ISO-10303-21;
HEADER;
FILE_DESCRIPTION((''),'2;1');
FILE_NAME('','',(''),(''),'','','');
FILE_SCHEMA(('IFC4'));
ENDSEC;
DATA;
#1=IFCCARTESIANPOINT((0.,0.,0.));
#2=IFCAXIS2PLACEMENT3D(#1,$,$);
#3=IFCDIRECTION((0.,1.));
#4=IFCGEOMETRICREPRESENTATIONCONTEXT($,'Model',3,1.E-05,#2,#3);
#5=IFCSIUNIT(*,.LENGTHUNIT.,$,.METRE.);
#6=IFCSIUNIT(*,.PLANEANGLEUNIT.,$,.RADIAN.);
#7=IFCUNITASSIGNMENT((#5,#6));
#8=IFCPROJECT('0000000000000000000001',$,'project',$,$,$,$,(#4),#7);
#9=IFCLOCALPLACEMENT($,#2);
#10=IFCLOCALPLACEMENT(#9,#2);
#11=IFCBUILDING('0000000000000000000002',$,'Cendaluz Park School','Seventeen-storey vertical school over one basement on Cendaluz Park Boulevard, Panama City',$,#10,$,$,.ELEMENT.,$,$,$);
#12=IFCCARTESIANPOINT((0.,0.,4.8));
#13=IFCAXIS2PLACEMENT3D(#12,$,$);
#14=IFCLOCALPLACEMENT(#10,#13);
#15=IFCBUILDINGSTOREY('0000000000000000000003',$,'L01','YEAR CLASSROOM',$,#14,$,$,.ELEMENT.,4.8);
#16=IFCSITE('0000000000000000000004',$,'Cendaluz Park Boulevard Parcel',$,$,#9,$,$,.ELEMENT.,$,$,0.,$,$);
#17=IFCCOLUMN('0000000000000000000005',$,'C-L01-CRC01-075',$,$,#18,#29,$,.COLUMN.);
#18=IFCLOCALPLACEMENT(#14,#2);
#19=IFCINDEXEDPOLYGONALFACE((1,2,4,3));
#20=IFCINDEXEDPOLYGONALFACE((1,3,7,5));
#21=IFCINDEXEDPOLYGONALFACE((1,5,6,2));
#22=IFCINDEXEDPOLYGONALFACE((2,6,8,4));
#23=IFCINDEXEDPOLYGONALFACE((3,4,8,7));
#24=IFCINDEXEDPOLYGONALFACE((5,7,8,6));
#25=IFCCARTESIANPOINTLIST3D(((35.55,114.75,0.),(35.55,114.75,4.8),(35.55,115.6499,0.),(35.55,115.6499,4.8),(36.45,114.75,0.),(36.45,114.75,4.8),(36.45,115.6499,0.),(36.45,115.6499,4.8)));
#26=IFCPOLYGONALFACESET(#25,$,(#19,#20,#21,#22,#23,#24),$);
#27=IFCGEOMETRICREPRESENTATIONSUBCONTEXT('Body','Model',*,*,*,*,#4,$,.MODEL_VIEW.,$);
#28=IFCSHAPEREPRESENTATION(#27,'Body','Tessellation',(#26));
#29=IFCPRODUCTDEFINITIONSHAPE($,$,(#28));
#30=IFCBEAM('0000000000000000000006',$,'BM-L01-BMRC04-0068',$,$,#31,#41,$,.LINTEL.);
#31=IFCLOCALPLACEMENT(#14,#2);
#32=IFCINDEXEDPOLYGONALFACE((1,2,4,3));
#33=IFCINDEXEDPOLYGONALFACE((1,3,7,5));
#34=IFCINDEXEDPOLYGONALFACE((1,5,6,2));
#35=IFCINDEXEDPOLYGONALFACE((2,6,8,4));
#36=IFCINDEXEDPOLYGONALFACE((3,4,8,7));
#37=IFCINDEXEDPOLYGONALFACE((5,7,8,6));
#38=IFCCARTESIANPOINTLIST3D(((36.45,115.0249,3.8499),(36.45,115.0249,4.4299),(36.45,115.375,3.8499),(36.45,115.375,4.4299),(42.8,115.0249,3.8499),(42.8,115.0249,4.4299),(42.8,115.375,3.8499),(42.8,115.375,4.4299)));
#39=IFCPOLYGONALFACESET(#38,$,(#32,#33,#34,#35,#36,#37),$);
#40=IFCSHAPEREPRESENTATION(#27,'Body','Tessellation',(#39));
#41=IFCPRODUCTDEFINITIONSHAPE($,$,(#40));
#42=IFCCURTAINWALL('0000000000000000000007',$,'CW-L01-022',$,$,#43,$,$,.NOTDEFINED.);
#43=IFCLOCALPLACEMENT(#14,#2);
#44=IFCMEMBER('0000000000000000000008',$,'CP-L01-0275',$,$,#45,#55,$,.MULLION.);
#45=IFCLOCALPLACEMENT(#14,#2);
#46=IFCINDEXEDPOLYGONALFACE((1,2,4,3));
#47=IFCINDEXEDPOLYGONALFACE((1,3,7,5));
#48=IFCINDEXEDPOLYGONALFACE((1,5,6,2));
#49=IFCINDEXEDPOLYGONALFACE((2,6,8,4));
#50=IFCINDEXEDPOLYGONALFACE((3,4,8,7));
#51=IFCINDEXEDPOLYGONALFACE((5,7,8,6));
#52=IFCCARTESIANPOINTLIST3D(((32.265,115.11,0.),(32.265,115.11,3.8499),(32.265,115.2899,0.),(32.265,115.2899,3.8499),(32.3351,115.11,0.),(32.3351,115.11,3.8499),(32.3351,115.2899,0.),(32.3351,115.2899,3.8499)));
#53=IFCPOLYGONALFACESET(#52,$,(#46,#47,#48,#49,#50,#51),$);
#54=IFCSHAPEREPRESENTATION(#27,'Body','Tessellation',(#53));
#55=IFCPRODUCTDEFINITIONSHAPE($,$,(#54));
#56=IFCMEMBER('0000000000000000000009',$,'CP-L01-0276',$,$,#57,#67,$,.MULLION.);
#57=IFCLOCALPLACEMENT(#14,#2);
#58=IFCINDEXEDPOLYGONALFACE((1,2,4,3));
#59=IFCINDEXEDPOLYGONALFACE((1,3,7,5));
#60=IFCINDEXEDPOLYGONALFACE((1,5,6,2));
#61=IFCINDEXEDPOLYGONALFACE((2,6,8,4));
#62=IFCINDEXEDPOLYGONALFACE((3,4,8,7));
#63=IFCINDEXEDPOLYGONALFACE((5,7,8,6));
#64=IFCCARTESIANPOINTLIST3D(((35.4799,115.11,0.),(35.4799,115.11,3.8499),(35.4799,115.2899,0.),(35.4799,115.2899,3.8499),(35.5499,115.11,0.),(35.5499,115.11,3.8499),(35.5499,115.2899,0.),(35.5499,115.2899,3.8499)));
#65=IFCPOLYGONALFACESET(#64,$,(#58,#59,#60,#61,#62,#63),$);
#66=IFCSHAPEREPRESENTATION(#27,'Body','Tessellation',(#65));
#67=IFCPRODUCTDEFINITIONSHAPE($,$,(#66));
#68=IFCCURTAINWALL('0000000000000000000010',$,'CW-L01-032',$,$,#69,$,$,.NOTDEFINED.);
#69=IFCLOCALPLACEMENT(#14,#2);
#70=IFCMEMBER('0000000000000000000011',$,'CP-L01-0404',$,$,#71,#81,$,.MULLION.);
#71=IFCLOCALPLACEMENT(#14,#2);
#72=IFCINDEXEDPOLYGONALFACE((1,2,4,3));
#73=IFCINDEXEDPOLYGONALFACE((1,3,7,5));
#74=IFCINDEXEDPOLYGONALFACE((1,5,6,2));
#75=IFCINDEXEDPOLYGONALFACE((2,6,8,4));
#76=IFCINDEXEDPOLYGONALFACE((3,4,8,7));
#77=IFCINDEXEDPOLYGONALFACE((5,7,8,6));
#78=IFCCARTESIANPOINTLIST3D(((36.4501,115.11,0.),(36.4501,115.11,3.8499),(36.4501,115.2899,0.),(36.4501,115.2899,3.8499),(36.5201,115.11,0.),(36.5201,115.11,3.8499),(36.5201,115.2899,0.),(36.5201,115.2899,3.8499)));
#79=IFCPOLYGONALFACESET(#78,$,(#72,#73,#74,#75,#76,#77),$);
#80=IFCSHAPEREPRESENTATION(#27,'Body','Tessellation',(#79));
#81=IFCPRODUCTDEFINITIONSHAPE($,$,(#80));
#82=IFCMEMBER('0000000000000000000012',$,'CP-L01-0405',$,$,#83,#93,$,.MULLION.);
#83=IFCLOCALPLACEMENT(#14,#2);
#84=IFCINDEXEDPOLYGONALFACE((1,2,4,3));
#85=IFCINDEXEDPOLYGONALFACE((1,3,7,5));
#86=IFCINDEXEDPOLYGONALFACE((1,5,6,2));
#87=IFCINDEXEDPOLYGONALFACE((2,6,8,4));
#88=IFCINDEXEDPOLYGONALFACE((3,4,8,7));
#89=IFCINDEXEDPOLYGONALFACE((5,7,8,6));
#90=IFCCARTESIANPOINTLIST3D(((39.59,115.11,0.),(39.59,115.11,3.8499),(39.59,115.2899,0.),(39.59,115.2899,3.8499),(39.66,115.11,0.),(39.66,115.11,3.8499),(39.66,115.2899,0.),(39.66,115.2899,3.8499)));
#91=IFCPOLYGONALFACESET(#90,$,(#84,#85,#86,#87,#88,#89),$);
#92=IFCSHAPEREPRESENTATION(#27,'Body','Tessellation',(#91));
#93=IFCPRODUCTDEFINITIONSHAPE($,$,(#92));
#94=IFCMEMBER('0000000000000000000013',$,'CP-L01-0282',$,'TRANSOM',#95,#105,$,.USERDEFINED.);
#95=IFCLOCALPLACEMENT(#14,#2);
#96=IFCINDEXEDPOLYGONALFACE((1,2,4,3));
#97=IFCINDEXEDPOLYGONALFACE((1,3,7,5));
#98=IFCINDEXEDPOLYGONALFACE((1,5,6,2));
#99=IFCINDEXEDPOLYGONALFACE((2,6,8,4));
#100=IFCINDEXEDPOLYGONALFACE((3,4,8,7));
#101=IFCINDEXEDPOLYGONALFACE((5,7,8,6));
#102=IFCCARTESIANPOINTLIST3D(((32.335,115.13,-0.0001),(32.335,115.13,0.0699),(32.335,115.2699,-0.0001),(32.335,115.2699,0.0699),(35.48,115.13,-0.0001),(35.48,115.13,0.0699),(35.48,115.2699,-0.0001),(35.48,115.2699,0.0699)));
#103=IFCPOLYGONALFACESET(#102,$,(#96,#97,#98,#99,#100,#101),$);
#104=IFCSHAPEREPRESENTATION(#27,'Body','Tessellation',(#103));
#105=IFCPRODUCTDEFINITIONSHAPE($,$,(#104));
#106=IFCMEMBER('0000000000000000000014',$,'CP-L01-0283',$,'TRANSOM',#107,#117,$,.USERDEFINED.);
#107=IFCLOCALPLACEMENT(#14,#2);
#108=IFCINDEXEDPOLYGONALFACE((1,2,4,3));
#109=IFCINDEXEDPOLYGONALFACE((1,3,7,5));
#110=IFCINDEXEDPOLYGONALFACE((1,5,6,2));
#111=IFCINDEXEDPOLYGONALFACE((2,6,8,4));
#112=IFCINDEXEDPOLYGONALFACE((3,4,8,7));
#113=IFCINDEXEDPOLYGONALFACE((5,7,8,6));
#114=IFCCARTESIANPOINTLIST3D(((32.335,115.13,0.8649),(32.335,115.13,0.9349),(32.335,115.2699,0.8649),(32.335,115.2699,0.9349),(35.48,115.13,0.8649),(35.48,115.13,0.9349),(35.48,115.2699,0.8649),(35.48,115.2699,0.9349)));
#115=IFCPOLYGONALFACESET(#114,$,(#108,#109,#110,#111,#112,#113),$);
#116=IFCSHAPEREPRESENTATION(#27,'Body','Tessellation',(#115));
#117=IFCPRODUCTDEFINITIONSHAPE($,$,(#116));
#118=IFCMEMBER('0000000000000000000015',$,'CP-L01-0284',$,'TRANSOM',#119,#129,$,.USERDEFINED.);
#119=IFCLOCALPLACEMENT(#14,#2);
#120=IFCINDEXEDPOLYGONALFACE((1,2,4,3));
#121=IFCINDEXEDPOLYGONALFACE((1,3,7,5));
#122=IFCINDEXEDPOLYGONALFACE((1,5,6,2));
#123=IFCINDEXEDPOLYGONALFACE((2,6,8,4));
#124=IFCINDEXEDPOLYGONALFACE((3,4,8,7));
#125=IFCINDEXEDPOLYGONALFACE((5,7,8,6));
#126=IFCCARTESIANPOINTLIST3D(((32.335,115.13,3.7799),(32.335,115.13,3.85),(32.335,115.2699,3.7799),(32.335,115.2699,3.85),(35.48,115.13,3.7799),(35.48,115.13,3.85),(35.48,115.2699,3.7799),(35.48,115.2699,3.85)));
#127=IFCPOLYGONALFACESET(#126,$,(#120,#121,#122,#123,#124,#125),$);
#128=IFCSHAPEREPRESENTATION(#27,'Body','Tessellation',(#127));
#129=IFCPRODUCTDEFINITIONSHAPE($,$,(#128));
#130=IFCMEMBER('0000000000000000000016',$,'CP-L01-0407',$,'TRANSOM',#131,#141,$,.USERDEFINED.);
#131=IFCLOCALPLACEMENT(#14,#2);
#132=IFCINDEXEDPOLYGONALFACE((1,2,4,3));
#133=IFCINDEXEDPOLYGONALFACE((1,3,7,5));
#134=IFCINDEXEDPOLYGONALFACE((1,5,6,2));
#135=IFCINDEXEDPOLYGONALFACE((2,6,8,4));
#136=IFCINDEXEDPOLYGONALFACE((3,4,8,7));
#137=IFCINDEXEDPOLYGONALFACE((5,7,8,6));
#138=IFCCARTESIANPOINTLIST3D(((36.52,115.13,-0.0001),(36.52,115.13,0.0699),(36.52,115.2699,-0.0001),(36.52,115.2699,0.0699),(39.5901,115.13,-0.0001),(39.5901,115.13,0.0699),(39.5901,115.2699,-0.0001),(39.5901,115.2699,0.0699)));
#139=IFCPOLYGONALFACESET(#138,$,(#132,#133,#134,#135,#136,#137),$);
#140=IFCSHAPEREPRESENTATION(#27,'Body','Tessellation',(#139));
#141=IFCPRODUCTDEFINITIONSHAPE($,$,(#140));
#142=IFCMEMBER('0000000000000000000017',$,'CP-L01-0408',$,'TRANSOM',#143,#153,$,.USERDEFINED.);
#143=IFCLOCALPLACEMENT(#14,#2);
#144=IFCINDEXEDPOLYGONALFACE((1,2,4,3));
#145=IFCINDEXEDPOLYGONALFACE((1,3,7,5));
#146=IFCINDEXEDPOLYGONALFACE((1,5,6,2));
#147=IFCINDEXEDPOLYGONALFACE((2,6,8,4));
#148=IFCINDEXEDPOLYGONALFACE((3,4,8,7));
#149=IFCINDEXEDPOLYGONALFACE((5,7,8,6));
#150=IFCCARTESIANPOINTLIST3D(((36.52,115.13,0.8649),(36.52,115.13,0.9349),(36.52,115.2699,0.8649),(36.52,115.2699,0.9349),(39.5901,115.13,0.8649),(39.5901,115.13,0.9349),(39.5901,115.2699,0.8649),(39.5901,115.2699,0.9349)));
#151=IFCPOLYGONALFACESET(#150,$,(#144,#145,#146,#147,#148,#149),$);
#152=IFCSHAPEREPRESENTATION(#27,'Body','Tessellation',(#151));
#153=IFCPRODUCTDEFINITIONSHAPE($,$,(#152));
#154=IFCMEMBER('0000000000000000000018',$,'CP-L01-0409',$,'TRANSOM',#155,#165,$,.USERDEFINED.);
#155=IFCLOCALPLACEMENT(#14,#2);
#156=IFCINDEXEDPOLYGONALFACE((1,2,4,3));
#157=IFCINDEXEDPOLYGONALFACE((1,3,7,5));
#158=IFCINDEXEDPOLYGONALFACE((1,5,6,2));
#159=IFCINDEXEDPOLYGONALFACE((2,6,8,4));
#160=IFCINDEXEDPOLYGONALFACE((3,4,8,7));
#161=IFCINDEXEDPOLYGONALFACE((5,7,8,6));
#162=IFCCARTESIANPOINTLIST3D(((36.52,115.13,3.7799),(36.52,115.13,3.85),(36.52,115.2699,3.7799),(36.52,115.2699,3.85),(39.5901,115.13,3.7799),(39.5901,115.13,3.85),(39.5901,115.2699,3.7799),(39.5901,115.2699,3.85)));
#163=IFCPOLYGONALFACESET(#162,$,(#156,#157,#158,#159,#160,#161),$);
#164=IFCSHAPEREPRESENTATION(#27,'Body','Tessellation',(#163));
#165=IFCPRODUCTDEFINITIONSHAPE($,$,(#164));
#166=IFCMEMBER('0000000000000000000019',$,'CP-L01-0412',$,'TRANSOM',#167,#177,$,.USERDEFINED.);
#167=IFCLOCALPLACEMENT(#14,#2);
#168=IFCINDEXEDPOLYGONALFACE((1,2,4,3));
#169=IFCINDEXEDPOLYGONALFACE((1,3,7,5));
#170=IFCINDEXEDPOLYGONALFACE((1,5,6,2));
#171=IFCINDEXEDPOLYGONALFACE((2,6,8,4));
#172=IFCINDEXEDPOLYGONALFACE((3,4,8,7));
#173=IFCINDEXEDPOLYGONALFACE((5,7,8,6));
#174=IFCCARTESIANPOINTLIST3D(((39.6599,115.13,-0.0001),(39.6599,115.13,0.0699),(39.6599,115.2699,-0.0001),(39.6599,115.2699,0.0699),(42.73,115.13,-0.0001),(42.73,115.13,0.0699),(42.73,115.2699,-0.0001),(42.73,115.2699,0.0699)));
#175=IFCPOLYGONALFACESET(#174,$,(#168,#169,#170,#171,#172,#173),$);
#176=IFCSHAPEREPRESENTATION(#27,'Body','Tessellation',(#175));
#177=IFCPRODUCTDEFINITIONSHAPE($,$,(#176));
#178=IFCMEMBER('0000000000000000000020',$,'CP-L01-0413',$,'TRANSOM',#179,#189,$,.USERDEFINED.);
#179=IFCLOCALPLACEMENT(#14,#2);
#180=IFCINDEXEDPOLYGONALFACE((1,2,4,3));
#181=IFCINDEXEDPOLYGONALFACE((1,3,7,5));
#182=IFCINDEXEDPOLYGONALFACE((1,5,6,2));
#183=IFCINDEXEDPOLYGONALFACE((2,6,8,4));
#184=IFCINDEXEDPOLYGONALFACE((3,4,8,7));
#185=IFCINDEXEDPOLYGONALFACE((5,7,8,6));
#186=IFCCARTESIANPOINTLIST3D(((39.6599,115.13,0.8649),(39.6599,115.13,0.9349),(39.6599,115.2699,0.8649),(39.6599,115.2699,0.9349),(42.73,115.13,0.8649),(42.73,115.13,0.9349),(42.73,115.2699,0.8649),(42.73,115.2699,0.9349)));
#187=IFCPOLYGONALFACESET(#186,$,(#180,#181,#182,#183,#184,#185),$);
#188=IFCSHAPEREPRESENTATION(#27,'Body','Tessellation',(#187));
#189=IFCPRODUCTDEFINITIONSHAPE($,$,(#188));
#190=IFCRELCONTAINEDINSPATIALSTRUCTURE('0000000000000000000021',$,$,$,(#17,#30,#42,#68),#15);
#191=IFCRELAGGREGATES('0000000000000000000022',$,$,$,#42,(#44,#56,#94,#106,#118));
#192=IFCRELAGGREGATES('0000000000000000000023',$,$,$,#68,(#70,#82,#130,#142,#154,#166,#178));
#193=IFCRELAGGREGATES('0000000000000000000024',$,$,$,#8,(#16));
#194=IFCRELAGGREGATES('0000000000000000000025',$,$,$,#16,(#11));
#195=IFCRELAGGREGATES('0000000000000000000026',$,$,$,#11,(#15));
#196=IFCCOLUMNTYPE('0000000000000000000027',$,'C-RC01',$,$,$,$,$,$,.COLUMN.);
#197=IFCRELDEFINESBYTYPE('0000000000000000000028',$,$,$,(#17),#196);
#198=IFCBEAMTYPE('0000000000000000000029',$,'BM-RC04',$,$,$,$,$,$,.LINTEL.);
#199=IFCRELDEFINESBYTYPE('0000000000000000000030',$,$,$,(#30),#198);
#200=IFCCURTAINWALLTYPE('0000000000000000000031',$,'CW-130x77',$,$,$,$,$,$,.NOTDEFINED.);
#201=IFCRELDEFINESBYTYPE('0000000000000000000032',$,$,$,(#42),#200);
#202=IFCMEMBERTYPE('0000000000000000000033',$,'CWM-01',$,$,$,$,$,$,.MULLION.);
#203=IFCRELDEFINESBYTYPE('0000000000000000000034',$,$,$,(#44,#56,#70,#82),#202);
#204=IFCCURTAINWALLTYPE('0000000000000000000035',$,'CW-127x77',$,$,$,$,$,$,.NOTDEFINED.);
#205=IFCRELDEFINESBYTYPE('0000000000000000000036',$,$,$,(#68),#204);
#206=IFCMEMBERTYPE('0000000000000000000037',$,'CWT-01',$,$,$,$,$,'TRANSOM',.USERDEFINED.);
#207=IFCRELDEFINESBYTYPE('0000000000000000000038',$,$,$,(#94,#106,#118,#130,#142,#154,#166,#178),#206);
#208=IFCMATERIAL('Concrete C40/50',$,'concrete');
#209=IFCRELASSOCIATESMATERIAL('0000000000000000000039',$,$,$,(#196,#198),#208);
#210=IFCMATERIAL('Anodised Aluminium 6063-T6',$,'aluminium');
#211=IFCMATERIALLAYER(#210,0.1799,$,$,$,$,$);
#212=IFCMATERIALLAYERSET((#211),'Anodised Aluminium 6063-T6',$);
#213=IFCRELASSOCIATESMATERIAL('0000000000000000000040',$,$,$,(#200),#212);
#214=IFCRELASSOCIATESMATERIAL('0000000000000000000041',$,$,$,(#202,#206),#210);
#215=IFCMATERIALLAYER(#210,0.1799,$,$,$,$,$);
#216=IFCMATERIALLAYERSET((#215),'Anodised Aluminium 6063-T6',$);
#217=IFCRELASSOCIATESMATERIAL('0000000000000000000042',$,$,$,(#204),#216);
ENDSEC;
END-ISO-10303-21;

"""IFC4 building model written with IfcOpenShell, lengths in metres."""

from ifc_helpers import new_model, si_unit, direction, frame, origin, origin_2d, place, context, subcontext, project, spatial, rectangle, extrude, material, layer, layer_set, material_profile, profile_set, type_object, element, aggregate, save


model = new_model("IFC4")

# Units and contexts
model_context = context("Model", 3, precision=1e-05, world=origin(), true_north=direction((0.0, 1.0)))
body_context = subcontext(model_context, "Body", "Model", "MODEL_VIEW")
ifc_project = project(units=[si_unit("LENGTHUNIT", "METRE"), si_unit("PLANEANGLEUNIT", "RADIAN")], contexts=[model_context])

# Site, building, storey
site_placement = place(None, origin())
site = spatial("IfcSite", under=ifc_project, at=site_placement, Name="Cendaluz Park Boulevard Parcel", CompositionType="ELEMENT", RefElevation=0.0)
building_placement = place(site_placement, origin())
building = spatial("IfcBuilding", under=site, at=building_placement, Name="Cendaluz Park School", Description="Seventeen-storey vertical school over one basement on Cendaluz Park Boulevard, Panama City", CompositionType="ELEMENT")
storey_placement = place(building_placement, frame((0.0, 0.0, 4.8)))
storey = spatial("IfcBuildingStorey", under=building, at=storey_placement, Name="L01", Description="YEAR CLASSROOM", CompositionType="ELEMENT", Elevation=4.8)

# Column
ifc_material_1 = material(Name="Concrete C40/50", Category="concrete")
ifc_material_profile_1 = material_profile(ifc_material_1, rectangle(XDim=0.8999, YDim=0.8999, at=origin_2d()), Name="RC 900x900", Category="concrete")
ifc_profile_set_1 = profile_set([ifc_material_profile_1], Name="Concrete C40/50")
column_type = type_object("IfcColumnType", Name="C-RC01", PredefinedType="COLUMN", material=ifc_profile_set_1)
column_placement = place(storey_placement, frame((36.0, 115.2, 0.0), z_axis=(0.0, 0.0, 1.0), x_axis=(1.0, 0.0, 0.0)))
element("IfcColumn", 1, at=column_placement, inside=storey, type_object=column_type, Name="C-L01-CRC01-075", PredefinedType="COLUMN", context=body_context, shape_type="SweptSolid", body=[
    extrude(rectangle(XDim=0.8999, YDim=0.8999, at=origin_2d()), origin(), (0.0, 0.0, 1.0), 4.8),
])

# Beam
ifc_material_profile_2 = material_profile(ifc_material_1, rectangle(XDim=0.3501, YDim=0.5801, at=origin_2d()), Name="RC 350x580", Category="concrete")
ifc_profile_set_2 = profile_set([ifc_material_profile_2], Name="Concrete C40/50")
beam_type = type_object("IfcBeamType", Name="BM-RC04", PredefinedType="LINTEL", material=ifc_profile_set_2)
beam_placement = place(storey_placement, frame((36.45, 115.2, 4.1399), z_axis=(1.0, 0.0, 0.0), x_axis=(0.0, 1.0, 0.0)))
element("IfcBeam", 2, at=beam_placement, inside=storey, type_object=beam_type, Name="BM-L01-BMRC04-0068", PredefinedType="LINTEL", context=body_context, shape_type="SweptSolid", body=[
    extrude(rectangle(XDim=0.3501, YDim=0.5801, at=origin_2d()), origin(), (0.0, 0.0, 1.0), 6.3501),
])

# Curtain walls, members
ifc_material_2 = material(Name="Anodised Aluminium 6063-T6", Category="aluminium")
ifc_layer_1 = layer(ifc_material_2, 0.1799)
ifc_layer_set_1 = layer_set([ifc_layer_1], Name="Anodised Aluminium 6063-T6")
curtain_wall_type_1 = type_object("IfcCurtainWallType", Name="CW-130x77", PredefinedType="NOTDEFINED", material=ifc_layer_set_1)
curtain_wall_1_placement = place(storey_placement, origin())
curtain_wall_1 = element("IfcCurtainWall", 3, at=curtain_wall_1_placement, inside=storey, type_object=curtain_wall_type_1, Name="CW-L01-022", PredefinedType="NOTDEFINED")
ifc_material_profile_3 = material_profile(ifc_material_2, rectangle(XDim=0.1799, YDim=0.0701, at=origin_2d()), Name="CWM 180x70", Category="aluminium")
ifc_profile_set_3 = profile_set([ifc_material_profile_3], Name="Anodised Aluminium 6063-T6")
member_type_1 = type_object("IfcMemberType", Name="CWM-01", PredefinedType="MULLION", material=ifc_profile_set_3)
member_1_placement = place(storey_placement, frame((32.3, 115.2, 0.0), z_axis=(0.0, 0.0, 1.0), x_axis=(0.0, 1.0, 0.0)))
member_1 = element("IfcMember", 4, at=member_1_placement, type_object=member_type_1, Name="CP-L01-0275", PredefinedType="MULLION", context=body_context, shape_type="SweptSolid", body=[
    extrude(rectangle(XDim=0.1799, YDim=0.0701, at=origin_2d()), origin(), (0.0, 0.0, 1.0), 3.8499),
])
member_2_placement = place(storey_placement, frame((35.5149, 115.2, 0.0), z_axis=(0.0, 0.0, 1.0), x_axis=(0.0, 1.0, 0.0)))
member_2 = element("IfcMember", 5, at=member_2_placement, type_object=member_type_1, Name="CP-L01-0276", PredefinedType="MULLION", context=body_context, shape_type="SweptSolid", body=[
    extrude(rectangle(XDim=0.1799, YDim=0.0701, at=origin_2d()), origin(), (0.0, 0.0, 1.0), 3.8499),
])
ifc_layer_2 = layer(ifc_material_2, 0.1799)
ifc_layer_set_2 = layer_set([ifc_layer_2], Name="Anodised Aluminium 6063-T6")
curtain_wall_type_2 = type_object("IfcCurtainWallType", Name="CW-127x77", PredefinedType="NOTDEFINED", material=ifc_layer_set_2)
curtain_wall_2_placement = place(storey_placement, origin())
curtain_wall_2 = element("IfcCurtainWall", 6, at=curtain_wall_2_placement, inside=storey, type_object=curtain_wall_type_2, Name="CW-L01-032", PredefinedType="NOTDEFINED")
member_3_placement = place(storey_placement, frame((36.4851, 115.2, 0.0), z_axis=(0.0, 0.0, 1.0), x_axis=(0.0, 1.0, 0.0)))
member_3 = element("IfcMember", 7, at=member_3_placement, type_object=member_type_1, Name="CP-L01-0404", PredefinedType="MULLION", context=body_context, shape_type="SweptSolid", body=[
    extrude(rectangle(XDim=0.1799, YDim=0.0701, at=origin_2d()), origin(), (0.0, 0.0, 1.0), 3.8499),
])
member_4_placement = place(storey_placement, frame((39.625, 115.2, 0.0), z_axis=(0.0, 0.0, 1.0), x_axis=(0.0, 1.0, 0.0)))
member_4 = element("IfcMember", 8, at=member_4_placement, type_object=member_type_1, Name="CP-L01-0405", PredefinedType="MULLION", context=body_context, shape_type="SweptSolid", body=[
    extrude(rectangle(XDim=0.1799, YDim=0.0701, at=origin_2d()), origin(), (0.0, 0.0, 1.0), 3.8499),
])

# Members
ifc_material_profile_4 = material_profile(ifc_material_2, rectangle(XDim=0.1399, YDim=0.0701, at=origin_2d()), Name="CWT 140x70", Category="aluminium")
ifc_profile_set_4 = profile_set([ifc_material_profile_4], Name="Anodised Aluminium 6063-T6")
member_type_2 = type_object("IfcMemberType", Name="CWT-01", ElementType="TRANSOM", PredefinedType="USERDEFINED", material=ifc_profile_set_4)
member_5_placement = place(storey_placement, frame((32.335, 115.2, 0.0349), z_axis=(1.0, 0.0, 0.0), x_axis=(0.0, 1.0, 0.0)))
member_5 = element("IfcMember", 9, at=member_5_placement, type_object=member_type_2, Name="CP-L01-0282", ObjectType="TRANSOM", PredefinedType="USERDEFINED", context=body_context, shape_type="SweptSolid", body=[
    extrude(rectangle(XDim=0.1399, YDim=0.0701, at=origin_2d()), origin(), (0.0, 0.0, 1.0), 3.145),
])
member_6_placement = place(storey_placement, frame((32.335, 115.2, 0.8999), z_axis=(1.0, 0.0, 0.0), x_axis=(0.0, 1.0, 0.0)))
member_6 = element("IfcMember", 10, at=member_6_placement, type_object=member_type_2, Name="CP-L01-0283", ObjectType="TRANSOM", PredefinedType="USERDEFINED", context=body_context, shape_type="SweptSolid", body=[
    extrude(rectangle(XDim=0.1399, YDim=0.0701, at=origin_2d()), origin(), (0.0, 0.0, 1.0), 3.145),
])
member_7_placement = place(storey_placement, frame((32.335, 115.2, 3.8149), z_axis=(1.0, 0.0, 0.0), x_axis=(0.0, 1.0, 0.0)))
member_7 = element("IfcMember", 11, at=member_7_placement, type_object=member_type_2, Name="CP-L01-0284", ObjectType="TRANSOM", PredefinedType="USERDEFINED", context=body_context, shape_type="SweptSolid", body=[
    extrude(rectangle(XDim=0.1399, YDim=0.0701, at=origin_2d()), origin(), (0.0, 0.0, 1.0), 3.145),
])
member_8_placement = place(storey_placement, frame((36.52, 115.2, 0.0349), z_axis=(1.0, 0.0, 0.0), x_axis=(0.0, 1.0, 0.0)))
member_8 = element("IfcMember", 12, at=member_8_placement, type_object=member_type_2, Name="CP-L01-0407", ObjectType="TRANSOM", PredefinedType="USERDEFINED", context=body_context, shape_type="SweptSolid", body=[
    extrude(rectangle(XDim=0.1399, YDim=0.0701, at=origin_2d()), origin(), (0.0, 0.0, 1.0), 3.0701),
])
member_9_placement = place(storey_placement, frame((36.52, 115.2, 0.8999), z_axis=(1.0, 0.0, 0.0), x_axis=(0.0, 1.0, 0.0)))
member_9 = element("IfcMember", 13, at=member_9_placement, type_object=member_type_2, Name="CP-L01-0408", ObjectType="TRANSOM", PredefinedType="USERDEFINED", context=body_context, shape_type="SweptSolid", body=[
    extrude(rectangle(XDim=0.1399, YDim=0.0701, at=origin_2d()), origin(), (0.0, 0.0, 1.0), 3.0701),
])
member_10_placement = place(storey_placement, frame((36.52, 115.2, 3.8149), z_axis=(1.0, 0.0, 0.0), x_axis=(0.0, 1.0, 0.0)))
member_10 = element("IfcMember", 14, at=member_10_placement, type_object=member_type_2, Name="CP-L01-0409", ObjectType="TRANSOM", PredefinedType="USERDEFINED", context=body_context, shape_type="SweptSolid", body=[
    extrude(rectangle(XDim=0.1399, YDim=0.0701, at=origin_2d()), origin(), (0.0, 0.0, 1.0), 3.0701),
])
member_11_placement = place(storey_placement, frame((39.6599, 115.2, 0.0349), z_axis=(1.0, 0.0, 0.0), x_axis=(0.0, 1.0, 0.0)))
member_11 = element("IfcMember", 15, at=member_11_placement, type_object=member_type_2, Name="CP-L01-0412", ObjectType="TRANSOM", PredefinedType="USERDEFINED", context=body_context, shape_type="SweptSolid", body=[
    extrude(rectangle(XDim=0.1399, YDim=0.0701, at=origin_2d()), origin(), (0.0, 0.0, 1.0), 3.0701),
])
member_12_placement = place(storey_placement, frame((39.6599, 115.2, 0.8999), z_axis=(1.0, 0.0, 0.0), x_axis=(0.0, 1.0, 0.0)))
member_12 = element("IfcMember", 16, at=member_12_placement, type_object=member_type_2, Name="CP-L01-0413", ObjectType="TRANSOM", PredefinedType="USERDEFINED", context=body_context, shape_type="SweptSolid", body=[
    extrude(rectangle(XDim=0.1399, YDim=0.0701, at=origin_2d()), origin(), (0.0, 0.0, 1.0), 3.0701),
])

aggregate(curtain_wall_1, [member_1, member_2, member_5, member_6, member_7])
aggregate(curtain_wall_2, [member_3, member_4, member_8, member_9, member_10, member_11, member_12])

save(model, "model.ifc")
